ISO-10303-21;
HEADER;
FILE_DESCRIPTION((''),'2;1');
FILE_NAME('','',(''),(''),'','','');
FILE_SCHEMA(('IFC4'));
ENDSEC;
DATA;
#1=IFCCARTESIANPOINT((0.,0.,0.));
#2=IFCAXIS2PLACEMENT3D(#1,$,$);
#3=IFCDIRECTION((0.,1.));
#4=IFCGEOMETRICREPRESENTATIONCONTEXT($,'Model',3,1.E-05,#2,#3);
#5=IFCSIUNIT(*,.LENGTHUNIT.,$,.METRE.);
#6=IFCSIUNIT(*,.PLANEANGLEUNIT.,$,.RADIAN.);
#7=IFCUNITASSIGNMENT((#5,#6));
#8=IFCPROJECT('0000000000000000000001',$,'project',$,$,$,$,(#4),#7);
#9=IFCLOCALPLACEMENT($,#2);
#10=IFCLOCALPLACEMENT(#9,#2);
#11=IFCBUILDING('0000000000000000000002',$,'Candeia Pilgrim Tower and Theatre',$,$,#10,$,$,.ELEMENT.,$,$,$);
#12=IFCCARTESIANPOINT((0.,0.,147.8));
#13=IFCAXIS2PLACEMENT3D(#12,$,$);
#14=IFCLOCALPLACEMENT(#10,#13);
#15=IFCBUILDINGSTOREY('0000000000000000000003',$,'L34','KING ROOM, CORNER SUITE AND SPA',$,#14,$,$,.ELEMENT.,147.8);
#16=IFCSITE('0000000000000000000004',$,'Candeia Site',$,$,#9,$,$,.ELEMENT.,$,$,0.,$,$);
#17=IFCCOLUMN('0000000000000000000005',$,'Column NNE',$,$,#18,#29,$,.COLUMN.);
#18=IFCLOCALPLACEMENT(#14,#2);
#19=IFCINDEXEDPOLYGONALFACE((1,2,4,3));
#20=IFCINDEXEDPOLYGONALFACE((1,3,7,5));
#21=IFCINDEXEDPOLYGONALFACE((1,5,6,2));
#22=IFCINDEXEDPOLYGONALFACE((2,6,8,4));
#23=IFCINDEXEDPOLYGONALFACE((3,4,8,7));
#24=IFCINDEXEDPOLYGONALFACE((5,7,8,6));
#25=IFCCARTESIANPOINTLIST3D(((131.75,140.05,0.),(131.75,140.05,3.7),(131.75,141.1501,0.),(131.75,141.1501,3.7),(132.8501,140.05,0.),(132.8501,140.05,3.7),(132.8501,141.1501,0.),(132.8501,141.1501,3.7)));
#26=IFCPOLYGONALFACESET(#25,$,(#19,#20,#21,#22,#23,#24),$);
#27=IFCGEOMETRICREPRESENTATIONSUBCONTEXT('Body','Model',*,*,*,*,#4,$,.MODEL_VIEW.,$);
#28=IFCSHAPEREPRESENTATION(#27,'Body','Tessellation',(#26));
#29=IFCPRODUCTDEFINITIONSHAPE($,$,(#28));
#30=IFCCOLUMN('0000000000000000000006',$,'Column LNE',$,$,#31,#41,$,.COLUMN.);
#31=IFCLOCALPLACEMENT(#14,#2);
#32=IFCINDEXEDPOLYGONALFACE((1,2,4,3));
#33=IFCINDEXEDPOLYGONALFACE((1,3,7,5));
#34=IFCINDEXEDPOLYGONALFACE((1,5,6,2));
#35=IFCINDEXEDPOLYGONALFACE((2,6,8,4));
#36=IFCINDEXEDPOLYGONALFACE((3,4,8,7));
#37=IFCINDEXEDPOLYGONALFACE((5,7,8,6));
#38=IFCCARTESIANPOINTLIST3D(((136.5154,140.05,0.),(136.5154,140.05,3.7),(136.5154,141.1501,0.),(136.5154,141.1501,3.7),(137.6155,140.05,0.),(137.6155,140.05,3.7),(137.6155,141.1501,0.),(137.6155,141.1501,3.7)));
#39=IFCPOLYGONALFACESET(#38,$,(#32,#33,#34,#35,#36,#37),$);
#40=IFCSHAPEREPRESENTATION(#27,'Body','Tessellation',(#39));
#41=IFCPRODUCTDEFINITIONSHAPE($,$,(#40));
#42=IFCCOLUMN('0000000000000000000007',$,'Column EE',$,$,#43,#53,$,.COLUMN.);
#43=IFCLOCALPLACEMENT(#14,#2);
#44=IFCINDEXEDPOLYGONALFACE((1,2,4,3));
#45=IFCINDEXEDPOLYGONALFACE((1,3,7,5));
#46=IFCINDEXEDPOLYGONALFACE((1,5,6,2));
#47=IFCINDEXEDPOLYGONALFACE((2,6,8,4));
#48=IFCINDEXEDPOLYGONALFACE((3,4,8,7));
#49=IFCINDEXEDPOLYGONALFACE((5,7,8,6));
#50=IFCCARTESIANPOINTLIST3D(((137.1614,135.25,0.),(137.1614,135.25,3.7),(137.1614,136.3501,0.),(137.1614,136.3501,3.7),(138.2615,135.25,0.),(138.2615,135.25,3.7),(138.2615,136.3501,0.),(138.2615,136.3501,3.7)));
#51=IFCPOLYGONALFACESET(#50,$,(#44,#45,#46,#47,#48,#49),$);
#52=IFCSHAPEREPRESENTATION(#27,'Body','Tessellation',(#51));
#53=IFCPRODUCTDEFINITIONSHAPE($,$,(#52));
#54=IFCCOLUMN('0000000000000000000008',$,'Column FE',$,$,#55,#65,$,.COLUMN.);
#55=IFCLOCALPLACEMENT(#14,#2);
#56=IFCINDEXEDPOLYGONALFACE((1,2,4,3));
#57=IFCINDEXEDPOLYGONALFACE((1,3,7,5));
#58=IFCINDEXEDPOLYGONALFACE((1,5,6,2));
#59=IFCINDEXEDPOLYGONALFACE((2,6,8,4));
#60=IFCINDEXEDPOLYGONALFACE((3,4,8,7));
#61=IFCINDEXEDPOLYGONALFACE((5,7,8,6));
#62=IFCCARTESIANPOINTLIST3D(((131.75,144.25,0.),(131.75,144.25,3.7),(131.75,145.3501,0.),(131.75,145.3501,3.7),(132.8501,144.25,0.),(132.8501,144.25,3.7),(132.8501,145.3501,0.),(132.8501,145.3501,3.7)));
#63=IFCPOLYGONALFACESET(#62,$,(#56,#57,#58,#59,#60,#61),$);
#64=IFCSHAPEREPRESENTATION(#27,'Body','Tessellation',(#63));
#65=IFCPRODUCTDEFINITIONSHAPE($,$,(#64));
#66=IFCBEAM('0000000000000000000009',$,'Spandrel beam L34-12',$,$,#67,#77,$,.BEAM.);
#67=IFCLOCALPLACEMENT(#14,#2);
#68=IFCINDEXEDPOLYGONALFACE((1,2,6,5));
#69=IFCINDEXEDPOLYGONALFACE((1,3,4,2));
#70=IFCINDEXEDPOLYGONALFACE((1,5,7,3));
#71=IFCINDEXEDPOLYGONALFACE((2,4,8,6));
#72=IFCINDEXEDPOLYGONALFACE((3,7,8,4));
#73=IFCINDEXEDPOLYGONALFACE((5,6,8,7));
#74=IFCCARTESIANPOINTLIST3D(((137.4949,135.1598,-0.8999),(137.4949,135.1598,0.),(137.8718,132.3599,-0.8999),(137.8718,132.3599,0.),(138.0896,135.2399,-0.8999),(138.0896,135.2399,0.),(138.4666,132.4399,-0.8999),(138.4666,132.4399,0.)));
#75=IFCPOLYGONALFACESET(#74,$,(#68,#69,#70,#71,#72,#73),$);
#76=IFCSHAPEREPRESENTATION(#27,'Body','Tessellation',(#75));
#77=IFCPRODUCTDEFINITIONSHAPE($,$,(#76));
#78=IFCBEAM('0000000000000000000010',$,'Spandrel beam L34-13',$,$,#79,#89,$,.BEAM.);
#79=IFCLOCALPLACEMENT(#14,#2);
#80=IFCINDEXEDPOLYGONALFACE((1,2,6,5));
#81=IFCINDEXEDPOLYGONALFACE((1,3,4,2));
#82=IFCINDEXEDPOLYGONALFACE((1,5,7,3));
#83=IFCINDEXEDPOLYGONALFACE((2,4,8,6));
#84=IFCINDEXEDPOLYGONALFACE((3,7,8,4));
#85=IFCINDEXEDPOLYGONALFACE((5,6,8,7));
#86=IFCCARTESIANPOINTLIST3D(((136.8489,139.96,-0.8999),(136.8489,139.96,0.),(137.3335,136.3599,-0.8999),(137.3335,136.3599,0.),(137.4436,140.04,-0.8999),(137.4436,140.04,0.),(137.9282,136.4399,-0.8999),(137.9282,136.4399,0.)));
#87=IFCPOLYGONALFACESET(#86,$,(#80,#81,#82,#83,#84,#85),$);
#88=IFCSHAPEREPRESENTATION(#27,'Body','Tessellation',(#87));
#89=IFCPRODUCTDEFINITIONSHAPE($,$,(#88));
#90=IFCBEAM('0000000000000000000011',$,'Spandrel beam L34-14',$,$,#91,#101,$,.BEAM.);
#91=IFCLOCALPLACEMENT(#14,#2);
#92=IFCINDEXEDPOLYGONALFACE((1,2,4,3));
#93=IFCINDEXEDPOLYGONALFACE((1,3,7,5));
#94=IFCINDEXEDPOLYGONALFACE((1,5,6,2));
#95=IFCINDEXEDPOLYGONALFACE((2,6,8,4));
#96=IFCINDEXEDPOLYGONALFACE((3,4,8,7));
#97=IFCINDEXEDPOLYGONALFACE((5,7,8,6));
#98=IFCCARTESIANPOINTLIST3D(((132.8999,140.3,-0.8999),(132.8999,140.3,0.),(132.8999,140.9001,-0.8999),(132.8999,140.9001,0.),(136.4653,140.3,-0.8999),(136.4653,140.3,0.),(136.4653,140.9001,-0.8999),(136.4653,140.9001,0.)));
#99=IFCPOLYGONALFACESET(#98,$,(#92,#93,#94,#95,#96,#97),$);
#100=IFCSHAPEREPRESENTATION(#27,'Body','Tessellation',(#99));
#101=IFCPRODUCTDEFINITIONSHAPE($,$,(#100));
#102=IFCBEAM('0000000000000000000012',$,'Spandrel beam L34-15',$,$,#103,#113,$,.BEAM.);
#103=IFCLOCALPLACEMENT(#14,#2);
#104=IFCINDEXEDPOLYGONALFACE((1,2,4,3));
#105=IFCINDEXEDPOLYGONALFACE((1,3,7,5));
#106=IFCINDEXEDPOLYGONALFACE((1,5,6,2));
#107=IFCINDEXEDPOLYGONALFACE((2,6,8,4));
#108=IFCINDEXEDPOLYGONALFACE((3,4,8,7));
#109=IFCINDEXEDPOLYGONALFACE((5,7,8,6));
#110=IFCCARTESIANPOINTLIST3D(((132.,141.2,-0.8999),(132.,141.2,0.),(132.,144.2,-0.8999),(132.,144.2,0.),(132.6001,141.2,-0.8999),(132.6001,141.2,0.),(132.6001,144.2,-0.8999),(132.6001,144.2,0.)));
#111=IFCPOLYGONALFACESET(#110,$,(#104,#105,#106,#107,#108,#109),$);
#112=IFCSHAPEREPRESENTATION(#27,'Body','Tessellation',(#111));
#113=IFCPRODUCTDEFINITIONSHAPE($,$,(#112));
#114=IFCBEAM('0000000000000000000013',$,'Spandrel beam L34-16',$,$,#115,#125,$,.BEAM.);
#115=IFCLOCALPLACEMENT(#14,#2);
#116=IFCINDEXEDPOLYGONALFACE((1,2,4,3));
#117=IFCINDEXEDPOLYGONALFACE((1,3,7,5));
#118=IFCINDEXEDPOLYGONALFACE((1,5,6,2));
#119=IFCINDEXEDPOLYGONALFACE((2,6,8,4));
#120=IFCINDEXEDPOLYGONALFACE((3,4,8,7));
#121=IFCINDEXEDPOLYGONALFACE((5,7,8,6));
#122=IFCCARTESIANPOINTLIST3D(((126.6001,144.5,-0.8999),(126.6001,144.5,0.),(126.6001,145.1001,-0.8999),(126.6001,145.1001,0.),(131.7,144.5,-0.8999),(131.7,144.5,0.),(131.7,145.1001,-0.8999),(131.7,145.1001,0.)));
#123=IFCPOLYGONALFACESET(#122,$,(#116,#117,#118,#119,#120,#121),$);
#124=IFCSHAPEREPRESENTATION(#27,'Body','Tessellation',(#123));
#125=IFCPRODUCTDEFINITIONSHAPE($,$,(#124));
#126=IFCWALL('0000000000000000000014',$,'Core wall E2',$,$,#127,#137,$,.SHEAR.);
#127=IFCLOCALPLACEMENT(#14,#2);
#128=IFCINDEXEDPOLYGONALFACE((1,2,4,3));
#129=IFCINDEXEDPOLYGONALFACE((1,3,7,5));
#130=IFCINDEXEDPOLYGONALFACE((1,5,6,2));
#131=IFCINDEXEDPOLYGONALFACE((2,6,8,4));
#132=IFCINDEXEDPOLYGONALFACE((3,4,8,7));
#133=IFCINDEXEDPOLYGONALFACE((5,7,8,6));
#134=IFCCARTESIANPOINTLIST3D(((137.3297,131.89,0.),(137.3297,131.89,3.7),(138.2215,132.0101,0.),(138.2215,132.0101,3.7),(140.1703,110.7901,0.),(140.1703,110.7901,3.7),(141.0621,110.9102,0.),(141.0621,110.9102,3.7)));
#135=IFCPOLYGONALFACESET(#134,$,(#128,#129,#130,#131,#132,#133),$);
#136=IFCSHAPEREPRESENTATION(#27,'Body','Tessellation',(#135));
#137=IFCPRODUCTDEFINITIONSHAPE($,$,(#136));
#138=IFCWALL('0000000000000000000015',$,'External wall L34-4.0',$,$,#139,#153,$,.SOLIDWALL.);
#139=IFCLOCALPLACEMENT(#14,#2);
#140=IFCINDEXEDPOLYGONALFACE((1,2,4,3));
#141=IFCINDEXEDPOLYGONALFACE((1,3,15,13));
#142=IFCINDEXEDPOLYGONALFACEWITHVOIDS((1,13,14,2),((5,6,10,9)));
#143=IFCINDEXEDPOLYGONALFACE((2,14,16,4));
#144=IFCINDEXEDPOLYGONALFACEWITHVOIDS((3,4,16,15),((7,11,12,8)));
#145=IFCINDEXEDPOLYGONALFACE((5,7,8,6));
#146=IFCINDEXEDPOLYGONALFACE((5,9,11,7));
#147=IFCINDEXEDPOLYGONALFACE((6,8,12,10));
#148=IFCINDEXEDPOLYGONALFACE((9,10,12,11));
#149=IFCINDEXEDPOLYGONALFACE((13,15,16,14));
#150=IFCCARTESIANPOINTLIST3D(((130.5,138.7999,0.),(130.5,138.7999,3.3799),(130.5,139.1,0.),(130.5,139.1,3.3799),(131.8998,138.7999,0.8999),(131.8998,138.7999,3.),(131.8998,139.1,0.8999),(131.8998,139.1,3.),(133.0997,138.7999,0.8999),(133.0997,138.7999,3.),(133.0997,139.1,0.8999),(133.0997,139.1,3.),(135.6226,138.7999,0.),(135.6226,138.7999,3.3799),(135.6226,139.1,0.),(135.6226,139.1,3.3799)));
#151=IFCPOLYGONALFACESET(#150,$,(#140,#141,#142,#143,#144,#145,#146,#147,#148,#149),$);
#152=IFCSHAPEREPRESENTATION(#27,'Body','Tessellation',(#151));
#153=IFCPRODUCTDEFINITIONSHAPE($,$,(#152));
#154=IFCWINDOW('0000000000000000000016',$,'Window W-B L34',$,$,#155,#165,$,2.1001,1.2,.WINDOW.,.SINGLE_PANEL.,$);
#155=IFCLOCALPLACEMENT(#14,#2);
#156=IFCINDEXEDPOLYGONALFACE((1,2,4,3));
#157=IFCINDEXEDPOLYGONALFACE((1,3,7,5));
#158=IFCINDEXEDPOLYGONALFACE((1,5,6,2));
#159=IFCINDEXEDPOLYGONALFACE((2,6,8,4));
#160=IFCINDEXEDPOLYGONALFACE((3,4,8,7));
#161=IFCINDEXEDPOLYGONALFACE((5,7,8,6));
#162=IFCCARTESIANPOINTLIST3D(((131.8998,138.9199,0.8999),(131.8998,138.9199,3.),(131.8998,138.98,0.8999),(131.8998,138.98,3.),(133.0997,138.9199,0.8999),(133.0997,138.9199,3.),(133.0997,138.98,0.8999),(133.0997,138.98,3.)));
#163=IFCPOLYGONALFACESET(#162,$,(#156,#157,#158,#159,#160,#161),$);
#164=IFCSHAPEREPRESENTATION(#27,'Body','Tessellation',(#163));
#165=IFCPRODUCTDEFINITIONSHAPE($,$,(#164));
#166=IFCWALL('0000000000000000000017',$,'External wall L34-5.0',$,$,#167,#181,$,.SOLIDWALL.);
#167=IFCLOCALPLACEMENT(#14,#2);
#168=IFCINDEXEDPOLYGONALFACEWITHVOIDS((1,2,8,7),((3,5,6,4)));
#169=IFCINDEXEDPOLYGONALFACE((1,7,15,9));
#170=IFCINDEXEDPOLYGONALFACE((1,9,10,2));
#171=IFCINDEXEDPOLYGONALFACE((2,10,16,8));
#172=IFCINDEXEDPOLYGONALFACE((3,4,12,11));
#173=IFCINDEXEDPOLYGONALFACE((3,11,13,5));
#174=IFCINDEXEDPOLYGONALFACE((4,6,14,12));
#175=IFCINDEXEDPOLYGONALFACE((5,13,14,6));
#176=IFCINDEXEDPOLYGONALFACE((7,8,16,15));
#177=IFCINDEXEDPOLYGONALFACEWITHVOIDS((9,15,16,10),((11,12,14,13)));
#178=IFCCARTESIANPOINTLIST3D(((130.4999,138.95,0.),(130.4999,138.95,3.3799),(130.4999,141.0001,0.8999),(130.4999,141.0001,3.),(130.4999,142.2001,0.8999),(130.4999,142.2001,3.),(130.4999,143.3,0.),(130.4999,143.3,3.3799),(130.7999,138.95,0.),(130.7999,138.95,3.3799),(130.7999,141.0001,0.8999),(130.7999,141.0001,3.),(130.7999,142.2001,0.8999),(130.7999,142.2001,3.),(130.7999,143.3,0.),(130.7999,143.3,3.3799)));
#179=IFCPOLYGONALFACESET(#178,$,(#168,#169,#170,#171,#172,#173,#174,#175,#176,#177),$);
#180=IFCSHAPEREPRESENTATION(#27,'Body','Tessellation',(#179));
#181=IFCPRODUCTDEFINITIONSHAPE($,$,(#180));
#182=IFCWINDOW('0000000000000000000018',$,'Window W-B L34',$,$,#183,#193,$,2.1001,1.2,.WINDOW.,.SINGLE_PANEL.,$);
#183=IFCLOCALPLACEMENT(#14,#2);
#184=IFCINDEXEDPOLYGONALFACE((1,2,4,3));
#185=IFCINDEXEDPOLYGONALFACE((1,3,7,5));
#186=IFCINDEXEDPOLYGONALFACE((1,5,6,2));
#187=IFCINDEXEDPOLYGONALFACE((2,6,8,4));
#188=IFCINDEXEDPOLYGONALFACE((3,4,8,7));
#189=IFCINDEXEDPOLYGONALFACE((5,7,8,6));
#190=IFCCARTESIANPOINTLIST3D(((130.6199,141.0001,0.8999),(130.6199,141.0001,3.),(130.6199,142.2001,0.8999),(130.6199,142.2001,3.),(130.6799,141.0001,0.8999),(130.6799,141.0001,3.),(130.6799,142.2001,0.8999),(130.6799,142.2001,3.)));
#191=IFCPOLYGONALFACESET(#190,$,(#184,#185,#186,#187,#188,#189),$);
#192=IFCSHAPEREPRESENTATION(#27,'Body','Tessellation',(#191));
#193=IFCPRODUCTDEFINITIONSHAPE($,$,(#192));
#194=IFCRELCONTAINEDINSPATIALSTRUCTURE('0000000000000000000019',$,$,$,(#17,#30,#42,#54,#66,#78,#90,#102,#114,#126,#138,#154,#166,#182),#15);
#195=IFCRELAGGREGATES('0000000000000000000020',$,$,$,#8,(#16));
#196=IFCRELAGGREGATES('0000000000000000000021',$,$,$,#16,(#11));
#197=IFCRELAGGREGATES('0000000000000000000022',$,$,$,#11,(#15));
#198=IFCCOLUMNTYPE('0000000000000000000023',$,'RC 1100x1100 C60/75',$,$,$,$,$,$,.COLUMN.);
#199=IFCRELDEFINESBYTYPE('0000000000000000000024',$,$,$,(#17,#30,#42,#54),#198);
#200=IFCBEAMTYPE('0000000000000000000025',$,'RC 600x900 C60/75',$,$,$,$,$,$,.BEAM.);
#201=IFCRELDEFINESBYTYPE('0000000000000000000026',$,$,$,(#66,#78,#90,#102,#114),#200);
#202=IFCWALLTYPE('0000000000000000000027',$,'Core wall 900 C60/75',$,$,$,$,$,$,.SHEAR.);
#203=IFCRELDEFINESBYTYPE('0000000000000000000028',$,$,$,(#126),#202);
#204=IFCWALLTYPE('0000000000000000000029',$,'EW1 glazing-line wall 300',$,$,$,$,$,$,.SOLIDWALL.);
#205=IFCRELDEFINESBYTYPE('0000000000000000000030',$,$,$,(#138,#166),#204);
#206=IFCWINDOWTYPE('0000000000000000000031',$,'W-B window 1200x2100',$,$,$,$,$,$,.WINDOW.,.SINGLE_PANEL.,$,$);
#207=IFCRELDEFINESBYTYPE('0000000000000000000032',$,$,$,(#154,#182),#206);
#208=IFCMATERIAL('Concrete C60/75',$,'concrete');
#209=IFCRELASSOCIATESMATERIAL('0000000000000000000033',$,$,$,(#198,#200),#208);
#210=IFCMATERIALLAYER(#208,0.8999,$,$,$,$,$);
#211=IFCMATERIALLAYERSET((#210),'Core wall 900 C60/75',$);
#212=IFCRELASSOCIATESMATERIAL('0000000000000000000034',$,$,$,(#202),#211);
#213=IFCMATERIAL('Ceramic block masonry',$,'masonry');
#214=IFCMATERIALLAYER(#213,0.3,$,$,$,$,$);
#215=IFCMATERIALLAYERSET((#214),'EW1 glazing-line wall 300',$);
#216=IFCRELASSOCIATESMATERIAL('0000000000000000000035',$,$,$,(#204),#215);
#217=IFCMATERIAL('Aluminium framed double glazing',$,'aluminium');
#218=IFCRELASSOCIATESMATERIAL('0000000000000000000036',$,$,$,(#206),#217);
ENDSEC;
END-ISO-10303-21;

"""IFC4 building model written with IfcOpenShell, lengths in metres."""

from ifc_helpers import new_model, si_unit, direction, frame, frame_2d, origin, origin_2d, place, context, subcontext, project, spatial, rectangle, extrude, material, layer, layer_set, material_profile, profile_set, type_object, element, fill, save


model = new_model("IFC4")

# Units and contexts
model_context = context("Model", 3, precision=1e-05, world=origin(), true_north=direction((0.0, 1.0)))
body_context = subcontext(model_context, "Body", "Model", "MODEL_VIEW")
ifc_project = project(units=[si_unit("LENGTHUNIT", "METRE"), si_unit("PLANEANGLEUNIT", "RADIAN")], contexts=[model_context])

# Site, building, storey
site_placement = place(None, origin())
site = spatial("IfcSite", under=ifc_project, at=site_placement, Name="Candeia Site", CompositionType="ELEMENT", RefElevation=0.0)
building_placement = place(site_placement, origin())
building = spatial("IfcBuilding", under=site, at=building_placement, Name="Candeia Pilgrim Tower and Theatre", CompositionType="ELEMENT")
storey_placement = place(building_placement, frame((0.0, 0.0, 147.8)))
storey = spatial("IfcBuildingStorey", under=building, at=storey_placement, Name="L34", Description="KING ROOM, CORNER SUITE AND SPA", CompositionType="ELEMENT", Elevation=147.8)

# Columns
ifc_material_1 = material(Name="Concrete C60/75", Category="concrete")
ifc_material_profile_1 = material_profile(ifc_material_1, rectangle(XDim=1.1001, YDim=1.1001, at=origin_2d()))
ifc_profile_set_1 = profile_set([ifc_material_profile_1], Name="Concrete C60/75")
column_type = type_object("IfcColumnType", Name="RC 1100x1100 C60/75", PredefinedType="COLUMN", material=ifc_profile_set_1)
for number, where, z_axis, x_axis, name in (
    (1, (132.3, 140.6001, 0.0), (0.0, 0.0, 1.0), (1.0, 0.0, 0.0), "Column NNE"),
    (2, (137.0654, 140.6001, 0.0), (0.0, 0.0, 1.0), (1.0, 0.0, 0.0), "Column LNE"),
    (3, (137.7114, 135.8, 0.0), (0.0, 0.0, 1.0), (1.0, 0.0, 0.0), "Column EE"),
    (4, (132.3, 144.8, 0.0), (0.0, 0.0, 1.0), (1.0, 0.0, 0.0), "Column FE"),
):
    element("IfcColumn", number, at=place(storey_placement, frame(where, z_axis=z_axis, x_axis=x_axis)), inside=storey, type_object=column_type, Name=name, PredefinedType="COLUMN", context=body_context, shape_type="SweptSolid", body=[
        extrude(rectangle(XDim=1.1001, YDim=1.1001, at=origin_2d()), origin(), (0.0, 0.0, 1.0), 3.7),
    ])

# Beams
ifc_material_profile_2 = material_profile(ifc_material_1, rectangle(XDim=0.6001, YDim=0.8999, at=origin_2d()))
ifc_profile_set_2 = profile_set([ifc_material_profile_2], Name="Concrete C60/75")
beam_type = type_object("IfcBeamType", Name="RC 600x900 C60/75", PredefinedType="BEAM", material=ifc_profile_set_2)
beam_1_placement = place(storey_placement, frame((138.1692, 132.3999, -0.45), z_axis=(-0.13342, 0.99106, 0.0), x_axis=(-0.99106, -0.13342, 0.0)))
element("IfcBeam", 5, at=beam_1_placement, inside=storey, type_object=beam_type, Name="Spandrel beam L34-12", PredefinedType="BEAM", context=body_context, shape_type="SweptSolid", body=[
    extrude(rectangle(XDim=0.6001, YDim=0.8999, at=origin_2d()), origin(), (0.0, 0.0, 1.0), 2.8252),
])
beam_2_placement = place(storey_placement, frame((137.6309, 136.3999, -0.45), z_axis=(-0.133409, 0.991061, 0.0), x_axis=(-0.991061, -0.133409, 0.0)))
element("IfcBeam", 6, at=beam_2_placement, inside=storey, type_object=beam_type, Name="Spandrel beam L34-13", PredefinedType="BEAM", context=body_context, shape_type="SweptSolid", body=[
    extrude(rectangle(XDim=0.6001, YDim=0.8999, at=origin_2d()), origin(), (0.0, 0.0, 1.0), 3.6326),
])
beam_3_placement = place(storey_placement, frame((136.4653, 140.6001, -0.45), z_axis=(-1.0, 0.0, 0.0), x_axis=(0.0, -1.0, 0.0)))
element("IfcBeam", 7, at=beam_3_placement, inside=storey, type_object=beam_type, Name="Spandrel beam L34-14", PredefinedType="BEAM", context=body_context, shape_type="SweptSolid", body=[
    extrude(rectangle(XDim=0.6001, YDim=0.8999, at=origin_2d()), origin(), (0.0, 0.0, 1.0), 3.5654),
])
beam_4_placement = place(storey_placement, frame((132.3, 141.2, -0.45), z_axis=(0.0, 1.0, 0.0), x_axis=(-1.0, 0.0, 0.0)))
element("IfcBeam", 8, at=beam_4_placement, inside=storey, type_object=beam_type, Name="Spandrel beam L34-15", PredefinedType="BEAM", context=body_context, shape_type="SweptSolid", body=[
    extrude(rectangle(XDim=0.6001, YDim=0.8999, at=origin_2d()), origin(), (0.0, 0.0, 1.0), 3.0),
])
beam_5_placement = place(storey_placement, frame((131.7, 144.8, -0.45), z_axis=(-1.0, 0.0, 0.0), x_axis=(0.0, -1.0, 0.0)))
element("IfcBeam", 9, at=beam_5_placement, inside=storey, type_object=beam_type, Name="Spandrel beam L34-16", PredefinedType="BEAM", context=body_context, shape_type="SweptSolid", body=[
    extrude(rectangle(XDim=0.6001, YDim=0.8999, at=origin_2d()), origin(), (0.0, 0.0, 1.0), 5.0999),
])

# Wall
ifc_layer_1 = layer(ifc_material_1, 0.8999)
ifc_layer_set_1 = layer_set([ifc_layer_1], Name="Core wall 900 C60/75")
wall_type_1 = type_object("IfcWallType", Name="Core wall 900 C60/75", PredefinedType="SHEAR", material=ifc_layer_set_1)
wall_1_placement = place(storey_placement, frame((137.7756, 131.95, 0.0), z_axis=(0.0, 0.0, 1.0), x_axis=(0.133422, -0.991059, 0.0)))
element("IfcWall", 10, at=wall_1_placement, inside=storey, type_object=wall_type_1, Name="Core wall E2", PredefinedType="SHEAR", context=body_context, shape_type="SweptSolid", body=[
    extrude(rectangle(XDim=21.2903, YDim=0.8999, at=frame_2d((10.645, 0.0))), origin(), (0.0, 0.0, 1.0), 3.7),
])

# Shared definitions
ifc_material_2 = material(Name="Ceramic block masonry", Category="masonry")
ifc_layer_2 = layer(ifc_material_2, 0.3)
ifc_layer_set_2 = layer_set([ifc_layer_2], Name="EW1 glazing-line wall 300")
wall_type_2 = type_object("IfcWallType", Name="EW1 glazing-line wall 300", PredefinedType="SOLIDWALL", material=ifc_layer_set_2)
ifc_material_3 = material(Name="Aluminium framed double glazing", Category="aluminium")

# Walls, openings, windows
wall_2_placement = place(storey_placement, frame((135.6226, 138.95, 0.0), z_axis=(0.0, 0.0, 1.0), x_axis=(-1.0, 0.0, 0.0)))
wall_2 = element("IfcWall", 11, at=wall_2_placement, inside=storey, type_object=wall_type_2, Name="External wall L34-4.0", PredefinedType="SOLIDWALL", context=body_context, shape_type="SweptSolid", body=[
    extrude(rectangle(XDim=5.1226, YDim=0.3, at=frame_2d((2.5613, 0.0))), origin(), (0.0, 0.0, 1.0), 3.3799),
])
opening_1_placement = place(wall_2_placement, frame((2.5227, 0.0, 0.8999)))
opening_1 = element("IfcOpeningElement", 12, at=opening_1_placement, cuts=wall_2, PredefinedType="OPENING", context=body_context, shape_type="SweptSolid", body=[
    extrude(rectangle(XDim=1.2, YDim=2.1001, at=frame_2d((0.6001, 1.05))), frame((0.0, 0.1602, 0.0), z_axis=(0.0, -1.0, 0.0), x_axis=(1.0, 0.0, 0.0)), (0.0, 0.0, 1.0), 0.3201),
])
window_type_1 = type_object("IfcWindowType", Name="W-B window 1200x2100", PartitioningType="SINGLE_PANEL", PredefinedType="WINDOW", material=ifc_material_3)
window_1_placement = place(opening_1_placement, origin())
window_1 = element("IfcWindow", 13, at=window_1_placement, inside=storey, type_object=window_type_1, Name="Window W-B L34", OverallHeight=2.1001, OverallWidth=1.2, PartitioningType="SINGLE_PANEL", PredefinedType="WINDOW", context=body_context, shape_type="SweptSolid", body=[
    extrude(rectangle(XDim=1.2, YDim=2.1001, at=frame_2d((0.6001, 1.05))), frame((0.0, 0.03, 0.0), z_axis=(0.0, -1.0, 0.0), x_axis=(1.0, 0.0, 0.0)), (0.0, 0.0, 1.0), 0.0601),
])
fill(opening_1, window_1)
wall_3_placement = place(storey_placement, frame((130.6499, 138.95, 0.0), z_axis=(0.0, 0.0, 1.0), x_axis=(0.0, 1.0, 0.0)))
wall_3 = element("IfcWall", 14, at=wall_3_placement, inside=storey, type_object=wall_type_2, Name="External wall L34-5.0", PredefinedType="SOLIDWALL", context=body_context, shape_type="SweptSolid", body=[
    extrude(rectangle(XDim=4.3501, YDim=0.3, at=frame_2d((2.175, 0.0))), origin(), (0.0, 0.0, 1.0), 3.3799),
])
opening_2_placement = place(wall_3_placement, frame((2.05, 0.0, 0.8999)))
opening_2 = element("IfcOpeningElement", 15, at=opening_2_placement, cuts=wall_3, PredefinedType="OPENING", context=body_context, shape_type="SweptSolid", body=[
    extrude(rectangle(XDim=1.2, YDim=2.1001, at=frame_2d((0.6001, 1.05))), frame((0.0, 0.1602, 0.0), z_axis=(0.0, -1.0, 0.0), x_axis=(1.0, 0.0, 0.0)), (0.0, 0.0, 1.0), 0.3201),
])
window_2_placement = place(opening_2_placement, origin())
window_2 = element("IfcWindow", 16, at=window_2_placement, inside=storey, type_object=window_type_1, Name="Window W-B L34", OverallHeight=2.1001, OverallWidth=1.2, PartitioningType="SINGLE_PANEL", PredefinedType="WINDOW", context=body_context, shape_type="SweptSolid", body=[
    extrude(rectangle(XDim=1.2, YDim=2.1001, at=frame_2d((0.6001, 1.05))), frame((0.0, 0.03, 0.0), z_axis=(0.0, -1.0, 0.0), x_axis=(1.0, 0.0, 0.0)), (0.0, 0.0, 1.0), 0.0601),
])
fill(opening_2, window_2)

save(model, "model.ifc")
